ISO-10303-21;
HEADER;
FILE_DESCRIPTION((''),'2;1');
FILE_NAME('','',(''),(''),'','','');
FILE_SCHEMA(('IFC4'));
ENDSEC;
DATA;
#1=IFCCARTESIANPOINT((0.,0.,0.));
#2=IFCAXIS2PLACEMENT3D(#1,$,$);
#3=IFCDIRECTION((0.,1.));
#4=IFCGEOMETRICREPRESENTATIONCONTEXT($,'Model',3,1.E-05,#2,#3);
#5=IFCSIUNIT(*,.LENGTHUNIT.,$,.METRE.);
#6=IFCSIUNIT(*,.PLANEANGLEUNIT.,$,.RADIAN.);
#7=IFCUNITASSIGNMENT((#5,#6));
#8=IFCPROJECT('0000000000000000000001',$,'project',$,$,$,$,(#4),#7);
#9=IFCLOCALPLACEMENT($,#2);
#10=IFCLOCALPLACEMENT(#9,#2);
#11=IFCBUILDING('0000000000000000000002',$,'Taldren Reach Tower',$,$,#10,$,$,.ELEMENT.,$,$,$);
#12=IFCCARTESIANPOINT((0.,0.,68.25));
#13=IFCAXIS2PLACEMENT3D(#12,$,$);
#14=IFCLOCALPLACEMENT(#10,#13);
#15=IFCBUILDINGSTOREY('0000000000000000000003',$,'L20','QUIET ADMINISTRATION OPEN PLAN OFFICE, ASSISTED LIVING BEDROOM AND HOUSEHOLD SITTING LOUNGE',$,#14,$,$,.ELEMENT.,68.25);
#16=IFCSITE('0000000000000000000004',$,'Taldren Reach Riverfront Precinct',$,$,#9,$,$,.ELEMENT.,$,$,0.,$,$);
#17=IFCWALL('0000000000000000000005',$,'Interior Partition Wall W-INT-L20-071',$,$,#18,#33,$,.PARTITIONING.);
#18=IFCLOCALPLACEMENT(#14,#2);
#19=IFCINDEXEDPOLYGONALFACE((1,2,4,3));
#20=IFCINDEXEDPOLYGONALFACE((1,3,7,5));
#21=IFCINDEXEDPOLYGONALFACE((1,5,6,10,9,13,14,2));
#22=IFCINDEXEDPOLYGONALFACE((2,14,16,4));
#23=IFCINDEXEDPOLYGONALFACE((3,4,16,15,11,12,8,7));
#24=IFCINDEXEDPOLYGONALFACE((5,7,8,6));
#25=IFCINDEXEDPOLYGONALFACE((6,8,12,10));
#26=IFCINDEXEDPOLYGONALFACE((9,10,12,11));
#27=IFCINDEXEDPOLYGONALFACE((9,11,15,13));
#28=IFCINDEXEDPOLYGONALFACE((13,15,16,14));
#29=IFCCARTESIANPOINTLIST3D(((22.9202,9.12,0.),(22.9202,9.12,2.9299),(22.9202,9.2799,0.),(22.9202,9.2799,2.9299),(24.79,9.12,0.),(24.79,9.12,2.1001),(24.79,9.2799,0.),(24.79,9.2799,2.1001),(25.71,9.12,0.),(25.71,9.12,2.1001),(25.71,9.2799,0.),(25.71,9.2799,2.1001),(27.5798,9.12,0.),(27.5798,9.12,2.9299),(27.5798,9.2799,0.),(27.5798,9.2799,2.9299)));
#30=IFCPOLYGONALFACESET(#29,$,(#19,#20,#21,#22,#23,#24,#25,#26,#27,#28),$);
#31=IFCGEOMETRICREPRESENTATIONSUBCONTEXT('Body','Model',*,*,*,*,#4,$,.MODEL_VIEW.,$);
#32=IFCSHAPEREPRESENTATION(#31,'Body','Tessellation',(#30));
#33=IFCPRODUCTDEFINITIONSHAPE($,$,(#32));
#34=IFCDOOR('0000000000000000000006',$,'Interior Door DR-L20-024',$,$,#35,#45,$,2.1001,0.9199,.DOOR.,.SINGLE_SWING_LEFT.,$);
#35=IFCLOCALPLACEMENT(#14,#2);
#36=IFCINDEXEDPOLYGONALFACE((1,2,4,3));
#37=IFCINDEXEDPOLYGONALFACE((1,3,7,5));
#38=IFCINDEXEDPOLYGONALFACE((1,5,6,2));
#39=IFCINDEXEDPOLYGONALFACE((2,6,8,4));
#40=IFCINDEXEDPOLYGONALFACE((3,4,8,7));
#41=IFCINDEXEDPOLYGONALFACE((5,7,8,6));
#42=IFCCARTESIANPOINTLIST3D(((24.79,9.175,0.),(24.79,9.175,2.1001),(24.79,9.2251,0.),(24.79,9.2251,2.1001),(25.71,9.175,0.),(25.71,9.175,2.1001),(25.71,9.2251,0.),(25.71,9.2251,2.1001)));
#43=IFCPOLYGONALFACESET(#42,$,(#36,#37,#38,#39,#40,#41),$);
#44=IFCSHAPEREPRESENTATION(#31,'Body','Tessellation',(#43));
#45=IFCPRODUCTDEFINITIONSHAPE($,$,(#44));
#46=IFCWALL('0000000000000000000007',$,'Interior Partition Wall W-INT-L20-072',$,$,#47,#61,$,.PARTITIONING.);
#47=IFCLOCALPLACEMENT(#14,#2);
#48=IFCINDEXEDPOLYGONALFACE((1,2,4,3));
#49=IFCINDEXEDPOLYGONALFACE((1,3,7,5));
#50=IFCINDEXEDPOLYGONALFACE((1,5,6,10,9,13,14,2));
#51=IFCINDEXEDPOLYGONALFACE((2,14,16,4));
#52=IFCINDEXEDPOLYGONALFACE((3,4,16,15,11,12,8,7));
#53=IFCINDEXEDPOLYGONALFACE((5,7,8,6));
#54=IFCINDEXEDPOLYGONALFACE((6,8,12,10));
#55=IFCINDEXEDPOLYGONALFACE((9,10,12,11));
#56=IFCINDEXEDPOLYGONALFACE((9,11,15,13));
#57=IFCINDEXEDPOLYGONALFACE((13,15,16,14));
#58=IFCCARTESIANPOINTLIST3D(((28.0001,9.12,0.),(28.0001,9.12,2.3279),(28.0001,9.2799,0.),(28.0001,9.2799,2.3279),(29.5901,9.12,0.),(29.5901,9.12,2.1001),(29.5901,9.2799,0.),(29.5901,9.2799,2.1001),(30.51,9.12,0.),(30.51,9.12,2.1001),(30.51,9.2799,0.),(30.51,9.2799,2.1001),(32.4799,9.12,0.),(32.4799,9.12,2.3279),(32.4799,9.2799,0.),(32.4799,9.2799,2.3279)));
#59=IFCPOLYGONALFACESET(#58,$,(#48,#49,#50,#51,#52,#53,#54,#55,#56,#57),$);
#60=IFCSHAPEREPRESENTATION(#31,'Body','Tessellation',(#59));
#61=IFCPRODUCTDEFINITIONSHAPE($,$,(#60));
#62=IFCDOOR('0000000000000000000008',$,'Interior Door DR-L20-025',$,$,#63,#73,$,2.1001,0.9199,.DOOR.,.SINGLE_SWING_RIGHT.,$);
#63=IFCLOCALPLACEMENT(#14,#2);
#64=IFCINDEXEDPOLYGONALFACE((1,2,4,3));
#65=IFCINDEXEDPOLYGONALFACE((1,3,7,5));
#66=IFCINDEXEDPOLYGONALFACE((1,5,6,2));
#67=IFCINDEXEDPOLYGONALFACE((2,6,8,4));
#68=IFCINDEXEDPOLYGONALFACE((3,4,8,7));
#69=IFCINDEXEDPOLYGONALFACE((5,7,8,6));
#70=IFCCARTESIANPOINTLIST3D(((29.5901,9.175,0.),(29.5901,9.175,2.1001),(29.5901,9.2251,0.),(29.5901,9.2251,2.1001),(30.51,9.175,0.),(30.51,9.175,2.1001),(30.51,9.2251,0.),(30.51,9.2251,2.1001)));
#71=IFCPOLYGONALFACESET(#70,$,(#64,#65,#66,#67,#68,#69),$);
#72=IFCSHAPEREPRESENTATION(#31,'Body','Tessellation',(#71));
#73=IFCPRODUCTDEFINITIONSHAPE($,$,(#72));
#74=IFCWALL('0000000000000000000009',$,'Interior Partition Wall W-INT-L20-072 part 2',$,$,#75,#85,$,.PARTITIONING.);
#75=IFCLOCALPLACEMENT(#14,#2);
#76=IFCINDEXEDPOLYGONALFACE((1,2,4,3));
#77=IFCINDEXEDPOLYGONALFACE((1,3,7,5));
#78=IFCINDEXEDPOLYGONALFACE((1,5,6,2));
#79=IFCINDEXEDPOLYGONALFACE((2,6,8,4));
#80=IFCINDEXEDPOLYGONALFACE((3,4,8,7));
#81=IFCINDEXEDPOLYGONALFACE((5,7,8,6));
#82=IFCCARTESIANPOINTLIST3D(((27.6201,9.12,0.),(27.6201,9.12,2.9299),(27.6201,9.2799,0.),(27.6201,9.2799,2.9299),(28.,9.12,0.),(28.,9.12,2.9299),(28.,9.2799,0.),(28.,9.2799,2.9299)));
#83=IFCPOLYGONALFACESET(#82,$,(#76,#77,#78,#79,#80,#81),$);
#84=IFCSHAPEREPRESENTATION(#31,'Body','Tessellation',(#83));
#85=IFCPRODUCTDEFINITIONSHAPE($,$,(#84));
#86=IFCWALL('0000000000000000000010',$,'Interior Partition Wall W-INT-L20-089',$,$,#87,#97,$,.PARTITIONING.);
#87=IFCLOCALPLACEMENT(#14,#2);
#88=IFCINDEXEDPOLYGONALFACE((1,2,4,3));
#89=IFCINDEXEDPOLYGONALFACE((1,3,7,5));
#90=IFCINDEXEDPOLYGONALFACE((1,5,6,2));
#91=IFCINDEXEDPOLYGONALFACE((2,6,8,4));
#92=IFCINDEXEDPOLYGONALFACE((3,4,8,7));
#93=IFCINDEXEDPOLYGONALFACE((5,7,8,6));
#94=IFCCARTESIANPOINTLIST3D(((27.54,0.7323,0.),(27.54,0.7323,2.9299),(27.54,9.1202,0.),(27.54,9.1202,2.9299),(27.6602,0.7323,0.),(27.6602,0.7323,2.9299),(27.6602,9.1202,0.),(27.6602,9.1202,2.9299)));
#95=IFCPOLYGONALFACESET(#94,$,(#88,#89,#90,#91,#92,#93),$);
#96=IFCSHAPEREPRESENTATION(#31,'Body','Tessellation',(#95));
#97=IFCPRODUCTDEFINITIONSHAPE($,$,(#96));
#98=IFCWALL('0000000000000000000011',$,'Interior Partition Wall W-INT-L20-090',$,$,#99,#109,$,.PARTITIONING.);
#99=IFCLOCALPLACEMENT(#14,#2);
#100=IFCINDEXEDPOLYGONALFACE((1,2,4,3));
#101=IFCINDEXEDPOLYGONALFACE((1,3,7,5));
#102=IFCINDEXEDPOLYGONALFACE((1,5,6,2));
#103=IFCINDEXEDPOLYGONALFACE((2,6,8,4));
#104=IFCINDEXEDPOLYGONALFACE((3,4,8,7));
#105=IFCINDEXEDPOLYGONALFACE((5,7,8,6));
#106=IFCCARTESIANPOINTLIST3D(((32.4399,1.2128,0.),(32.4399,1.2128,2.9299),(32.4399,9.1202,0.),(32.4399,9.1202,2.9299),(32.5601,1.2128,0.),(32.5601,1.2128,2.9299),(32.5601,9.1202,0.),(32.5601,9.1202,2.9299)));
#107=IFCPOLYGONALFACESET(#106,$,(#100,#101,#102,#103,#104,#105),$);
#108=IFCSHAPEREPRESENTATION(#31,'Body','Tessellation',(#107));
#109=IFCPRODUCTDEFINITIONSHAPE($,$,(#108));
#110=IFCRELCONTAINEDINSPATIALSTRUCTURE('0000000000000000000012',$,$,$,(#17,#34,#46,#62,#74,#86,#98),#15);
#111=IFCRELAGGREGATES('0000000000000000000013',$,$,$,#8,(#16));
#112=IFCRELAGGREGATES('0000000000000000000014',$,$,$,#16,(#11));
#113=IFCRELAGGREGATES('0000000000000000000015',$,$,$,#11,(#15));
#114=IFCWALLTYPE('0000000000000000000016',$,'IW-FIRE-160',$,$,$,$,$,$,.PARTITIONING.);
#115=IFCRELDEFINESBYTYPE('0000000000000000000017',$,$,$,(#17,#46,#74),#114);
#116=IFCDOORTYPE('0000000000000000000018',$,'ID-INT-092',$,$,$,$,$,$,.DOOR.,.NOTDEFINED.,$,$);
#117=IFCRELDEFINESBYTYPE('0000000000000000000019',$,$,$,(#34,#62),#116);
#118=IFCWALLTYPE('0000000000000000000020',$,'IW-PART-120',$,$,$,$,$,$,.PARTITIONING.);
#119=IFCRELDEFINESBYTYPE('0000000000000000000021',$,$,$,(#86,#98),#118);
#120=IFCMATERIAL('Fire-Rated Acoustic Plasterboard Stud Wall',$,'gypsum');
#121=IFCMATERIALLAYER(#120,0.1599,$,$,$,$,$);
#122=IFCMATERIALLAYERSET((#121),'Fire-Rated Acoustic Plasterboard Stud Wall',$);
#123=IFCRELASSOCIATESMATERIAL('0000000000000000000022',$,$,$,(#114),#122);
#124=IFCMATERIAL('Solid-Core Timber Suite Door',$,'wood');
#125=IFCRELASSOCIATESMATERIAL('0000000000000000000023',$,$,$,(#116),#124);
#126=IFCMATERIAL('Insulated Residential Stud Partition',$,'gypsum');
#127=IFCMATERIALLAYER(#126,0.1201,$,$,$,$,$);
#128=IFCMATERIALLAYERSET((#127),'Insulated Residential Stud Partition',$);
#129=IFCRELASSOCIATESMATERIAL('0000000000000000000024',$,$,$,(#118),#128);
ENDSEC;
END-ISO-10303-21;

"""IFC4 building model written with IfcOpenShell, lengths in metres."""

from ifc_helpers import new_model, si_unit, direction, frame, frame_2d, origin, place, context, subcontext, project, spatial, rectangle, extrude, source, transform, mapped, material, layer, layer_set, type_object, element, fill, save


model = new_model("IFC4")

# Units and contexts
model_context = context("Model", 3, precision=1e-05, world=origin(), true_north=direction((0.0, 1.0)))
body_context = subcontext(model_context, "Body", "Model", "MODEL_VIEW")
ifc_project = project(units=[si_unit("LENGTHUNIT", "METRE"), si_unit("PLANEANGLEUNIT", "RADIAN")], contexts=[model_context])

# Site, building, storey
site_placement = place(None, origin())
site = spatial("IfcSite", under=ifc_project, at=site_placement, Name="Taldren Reach Riverfront Precinct", CompositionType="ELEMENT", RefElevation=0.0)
building_placement = place(site_placement, origin())
building = spatial("IfcBuilding", under=site, at=building_placement, Name="Taldren Reach Tower", CompositionType="ELEMENT")
storey_placement = place(building_placement, frame((0.0, 0.0, 68.25)))
storey = spatial("IfcBuildingStorey", under=building, at=storey_placement, Name="L20", Description="QUIET ADMINISTRATION OPEN PLAN OFFICE, ASSISTED LIVING BEDROOM AND HOUSEHOLD SITTING LOUNGE", CompositionType="ELEMENT", Elevation=68.25)

# Shared definitions
ifc_material_1 = material(Name="Fire-Rated Acoustic Plasterboard Stud Wall", Category="gypsum")
ifc_layer_1 = layer(ifc_material_1, 0.1599)
ifc_layer_set_1 = layer_set([ifc_layer_1], Name="Fire-Rated Acoustic Plasterboard Stud Wall")
wall_type_1 = type_object("IfcWallType", Name="IW-FIRE-160", PredefinedType="PARTITIONING", material=ifc_layer_set_1)

# Walls, openings, doors
shared_shape_1 = source(origin(), body_context, "Body", "SweptSolid", [
    extrude(rectangle(XDim=4.6597, YDim=0.1599, at=frame_2d((2.3298, 0.0))), origin(), (0.0, 0.0, 1.0), 2.9299),
])
wall_1_placement = place(storey_placement, frame((27.5798, 9.2, 0.0), z_axis=(0.0, 0.0, 1.0), x_axis=(-1.0, 0.0, 0.0)))
wall_1 = element("IfcWall", 1, at=wall_1_placement, inside=storey, type_object=wall_type_1, Name="Interior Partition Wall W-INT-L20-071", PredefinedType="PARTITIONING", context=body_context, shape_type="MappedRepresentation", body=[
    mapped(shared_shape_1, transform((0.0, 0.0, 0.0), scale=1.0)),
])
shared_shape_2 = source(origin(), body_context, "Body", "SweptSolid", [
    extrude(rectangle(XDim=0.9199, YDim=2.1001, at=frame_2d((0.46, 1.05))), frame((0.0, 0.0898, 0.0), z_axis=(0.0, -1.0, 0.0), x_axis=(1.0, 0.0, 0.0)), (0.0, 0.0, 1.0), 0.1799),
])
opening_1_placement = place(wall_1_placement, frame((1.8699, 0.0, 0.0)))
opening_1 = element("IfcOpeningElement", 2, at=opening_1_placement, cuts=wall_1, PredefinedType="OPENING", context=body_context, shape_type="MappedRepresentation", body=[
    mapped(shared_shape_2, transform((0.0, 0.0, 0.0), scale=1.0)),
])
ifc_material_2 = material(Name="Solid-Core Timber Suite Door", Category="wood")
door_type = type_object("IfcDoorType", Name="ID-INT-092", OperationType="NOTDEFINED", PredefinedType="DOOR", material=ifc_material_2)
shared_shape_3 = source(origin(), body_context, "Body", "SweptSolid", [
    extrude(rectangle(XDim=0.9199, YDim=2.1001, at=frame_2d((0.46, 1.05))), frame((0.0, 0.0249, 0.0), z_axis=(0.0, -1.0, 0.0), x_axis=(1.0, 0.0, 0.0)), (0.0, 0.0, 1.0), 0.05),
])
door_1_placement = place(opening_1_placement, origin())
door_1 = element("IfcDoor", 3, at=door_1_placement, inside=storey, type_object=door_type, Name="Interior Door DR-L20-024", OperationType="SINGLE_SWING_LEFT", OverallHeight=2.1001, OverallWidth=0.9199, PredefinedType="DOOR", context=body_context, shape_type="MappedRepresentation", body=[
    mapped(shared_shape_3, transform((0.0, 0.0, 0.0), scale=1.0)),
])
fill(opening_1, door_1)
shared_shape_4 = source(origin(), body_context, "Body", "SweptSolid", [
    extrude(rectangle(XDim=4.4797, YDim=0.1599, at=frame_2d((2.2397, 0.0))), origin(), (0.0, 0.0, 1.0), 2.3279),
])
wall_2_placement = place(storey_placement, frame((32.4797, 9.2, 0.0), z_axis=(0.0, 0.0, 1.0), x_axis=(-1.0, 0.0, 0.0)))
wall_2 = element("IfcWall", 4, at=wall_2_placement, inside=storey, type_object=wall_type_1, Name="Interior Partition Wall W-INT-L20-072", PredefinedType="PARTITIONING", context=body_context, shape_type="MappedRepresentation", body=[
    mapped(shared_shape_4, transform((0.0, 0.0, 0.0), scale=1.0)),
])
opening_2_placement = place(wall_2_placement, frame((1.9697, 0.0, 0.0)))
opening_2 = element("IfcOpeningElement", 5, at=opening_2_placement, cuts=wall_2, PredefinedType="OPENING", context=body_context, shape_type="MappedRepresentation", body=[
    mapped(shared_shape_2, transform((0.0, 0.0, 0.0), scale=1.0)),
])
door_2_placement = place(opening_2_placement, origin())
door_2 = element("IfcDoor", 6, at=door_2_placement, inside=storey, type_object=door_type, Name="Interior Door DR-L20-025", OperationType="SINGLE_SWING_RIGHT", OverallHeight=2.1001, OverallWidth=0.9199, PredefinedType="DOOR", context=body_context, shape_type="MappedRepresentation", body=[
    mapped(shared_shape_3, transform((0.0, 0.0, 0.0), scale=1.0)),
])
fill(opening_2, door_2)

# Walls
shared_shape_5 = source(origin(), body_context, "Body", "SweptSolid", [
    extrude(rectangle(XDim=0.3799, YDim=0.1599, at=frame_2d((0.1899, 0.0))), origin(), (0.0, 0.0, 1.0), 2.9299),
])
wall_3_placement = place(storey_placement, frame((28.0, 9.2, 0.0), z_axis=(0.0, 0.0, 1.0), x_axis=(-1.0, 0.0, 0.0)))
element("IfcWall", 7, at=wall_3_placement, inside=storey, type_object=wall_type_1, Name="Interior Partition Wall W-INT-L20-072 part 2", PredefinedType="PARTITIONING", context=body_context, shape_type="MappedRepresentation", body=[
    mapped(shared_shape_5, transform((0.0, 0.0, 0.0), scale=1.0)),
])
ifc_material_3 = material(Name="Insulated Residential Stud Partition", Category="gypsum")
ifc_layer_2 = layer(ifc_material_3, 0.1201)
ifc_layer_set_2 = layer_set([ifc_layer_2], Name="Insulated Residential Stud Partition")
wall_type_2 = type_object("IfcWallType", Name="IW-PART-120", PredefinedType="PARTITIONING", material=ifc_layer_set_2)
shared_shape_6 = source(origin(), body_context, "Body", "SweptSolid", [
    extrude(rectangle(XDim=8.3879, YDim=0.1201, at=frame_2d((4.1938, 0.0))), origin(), (0.0, 0.0, 1.0), 2.9299),
])
wall_4_placement = place(storey_placement, frame((27.6001, 9.1201, 0.0), z_axis=(0.0, 0.0, 1.0), x_axis=(0.0, -1.0, 0.0)))
element("IfcWall", 8, at=wall_4_placement, inside=storey, type_object=wall_type_2, Name="Interior Partition Wall W-INT-L20-089", PredefinedType="PARTITIONING", context=body_context, shape_type="MappedRepresentation", body=[
    mapped(shared_shape_6, transform((0.0, 0.0, 0.0), scale=1.0)),
])
shared_shape_7 = source(origin(), body_context, "Body", "SweptSolid", [
    extrude(rectangle(XDim=7.9075, YDim=0.1201, at=frame_2d((3.9536, 0.0))), origin(), (0.0, 0.0, 1.0), 2.9299),
])
wall_5_placement = place(storey_placement, frame((32.5, 9.1201, 0.0), z_axis=(0.0, 0.0, 1.0), x_axis=(0.0, -1.0, 0.0)))
element("IfcWall", 9, at=wall_5_placement, inside=storey, type_object=wall_type_2, Name="Interior Partition Wall W-INT-L20-090", PredefinedType="PARTITIONING", context=body_context, shape_type="MappedRepresentation", body=[
    mapped(shared_shape_7, transform((0.0, 0.0, 0.0), scale=1.0)),
])

save(model, "model.ifc")
